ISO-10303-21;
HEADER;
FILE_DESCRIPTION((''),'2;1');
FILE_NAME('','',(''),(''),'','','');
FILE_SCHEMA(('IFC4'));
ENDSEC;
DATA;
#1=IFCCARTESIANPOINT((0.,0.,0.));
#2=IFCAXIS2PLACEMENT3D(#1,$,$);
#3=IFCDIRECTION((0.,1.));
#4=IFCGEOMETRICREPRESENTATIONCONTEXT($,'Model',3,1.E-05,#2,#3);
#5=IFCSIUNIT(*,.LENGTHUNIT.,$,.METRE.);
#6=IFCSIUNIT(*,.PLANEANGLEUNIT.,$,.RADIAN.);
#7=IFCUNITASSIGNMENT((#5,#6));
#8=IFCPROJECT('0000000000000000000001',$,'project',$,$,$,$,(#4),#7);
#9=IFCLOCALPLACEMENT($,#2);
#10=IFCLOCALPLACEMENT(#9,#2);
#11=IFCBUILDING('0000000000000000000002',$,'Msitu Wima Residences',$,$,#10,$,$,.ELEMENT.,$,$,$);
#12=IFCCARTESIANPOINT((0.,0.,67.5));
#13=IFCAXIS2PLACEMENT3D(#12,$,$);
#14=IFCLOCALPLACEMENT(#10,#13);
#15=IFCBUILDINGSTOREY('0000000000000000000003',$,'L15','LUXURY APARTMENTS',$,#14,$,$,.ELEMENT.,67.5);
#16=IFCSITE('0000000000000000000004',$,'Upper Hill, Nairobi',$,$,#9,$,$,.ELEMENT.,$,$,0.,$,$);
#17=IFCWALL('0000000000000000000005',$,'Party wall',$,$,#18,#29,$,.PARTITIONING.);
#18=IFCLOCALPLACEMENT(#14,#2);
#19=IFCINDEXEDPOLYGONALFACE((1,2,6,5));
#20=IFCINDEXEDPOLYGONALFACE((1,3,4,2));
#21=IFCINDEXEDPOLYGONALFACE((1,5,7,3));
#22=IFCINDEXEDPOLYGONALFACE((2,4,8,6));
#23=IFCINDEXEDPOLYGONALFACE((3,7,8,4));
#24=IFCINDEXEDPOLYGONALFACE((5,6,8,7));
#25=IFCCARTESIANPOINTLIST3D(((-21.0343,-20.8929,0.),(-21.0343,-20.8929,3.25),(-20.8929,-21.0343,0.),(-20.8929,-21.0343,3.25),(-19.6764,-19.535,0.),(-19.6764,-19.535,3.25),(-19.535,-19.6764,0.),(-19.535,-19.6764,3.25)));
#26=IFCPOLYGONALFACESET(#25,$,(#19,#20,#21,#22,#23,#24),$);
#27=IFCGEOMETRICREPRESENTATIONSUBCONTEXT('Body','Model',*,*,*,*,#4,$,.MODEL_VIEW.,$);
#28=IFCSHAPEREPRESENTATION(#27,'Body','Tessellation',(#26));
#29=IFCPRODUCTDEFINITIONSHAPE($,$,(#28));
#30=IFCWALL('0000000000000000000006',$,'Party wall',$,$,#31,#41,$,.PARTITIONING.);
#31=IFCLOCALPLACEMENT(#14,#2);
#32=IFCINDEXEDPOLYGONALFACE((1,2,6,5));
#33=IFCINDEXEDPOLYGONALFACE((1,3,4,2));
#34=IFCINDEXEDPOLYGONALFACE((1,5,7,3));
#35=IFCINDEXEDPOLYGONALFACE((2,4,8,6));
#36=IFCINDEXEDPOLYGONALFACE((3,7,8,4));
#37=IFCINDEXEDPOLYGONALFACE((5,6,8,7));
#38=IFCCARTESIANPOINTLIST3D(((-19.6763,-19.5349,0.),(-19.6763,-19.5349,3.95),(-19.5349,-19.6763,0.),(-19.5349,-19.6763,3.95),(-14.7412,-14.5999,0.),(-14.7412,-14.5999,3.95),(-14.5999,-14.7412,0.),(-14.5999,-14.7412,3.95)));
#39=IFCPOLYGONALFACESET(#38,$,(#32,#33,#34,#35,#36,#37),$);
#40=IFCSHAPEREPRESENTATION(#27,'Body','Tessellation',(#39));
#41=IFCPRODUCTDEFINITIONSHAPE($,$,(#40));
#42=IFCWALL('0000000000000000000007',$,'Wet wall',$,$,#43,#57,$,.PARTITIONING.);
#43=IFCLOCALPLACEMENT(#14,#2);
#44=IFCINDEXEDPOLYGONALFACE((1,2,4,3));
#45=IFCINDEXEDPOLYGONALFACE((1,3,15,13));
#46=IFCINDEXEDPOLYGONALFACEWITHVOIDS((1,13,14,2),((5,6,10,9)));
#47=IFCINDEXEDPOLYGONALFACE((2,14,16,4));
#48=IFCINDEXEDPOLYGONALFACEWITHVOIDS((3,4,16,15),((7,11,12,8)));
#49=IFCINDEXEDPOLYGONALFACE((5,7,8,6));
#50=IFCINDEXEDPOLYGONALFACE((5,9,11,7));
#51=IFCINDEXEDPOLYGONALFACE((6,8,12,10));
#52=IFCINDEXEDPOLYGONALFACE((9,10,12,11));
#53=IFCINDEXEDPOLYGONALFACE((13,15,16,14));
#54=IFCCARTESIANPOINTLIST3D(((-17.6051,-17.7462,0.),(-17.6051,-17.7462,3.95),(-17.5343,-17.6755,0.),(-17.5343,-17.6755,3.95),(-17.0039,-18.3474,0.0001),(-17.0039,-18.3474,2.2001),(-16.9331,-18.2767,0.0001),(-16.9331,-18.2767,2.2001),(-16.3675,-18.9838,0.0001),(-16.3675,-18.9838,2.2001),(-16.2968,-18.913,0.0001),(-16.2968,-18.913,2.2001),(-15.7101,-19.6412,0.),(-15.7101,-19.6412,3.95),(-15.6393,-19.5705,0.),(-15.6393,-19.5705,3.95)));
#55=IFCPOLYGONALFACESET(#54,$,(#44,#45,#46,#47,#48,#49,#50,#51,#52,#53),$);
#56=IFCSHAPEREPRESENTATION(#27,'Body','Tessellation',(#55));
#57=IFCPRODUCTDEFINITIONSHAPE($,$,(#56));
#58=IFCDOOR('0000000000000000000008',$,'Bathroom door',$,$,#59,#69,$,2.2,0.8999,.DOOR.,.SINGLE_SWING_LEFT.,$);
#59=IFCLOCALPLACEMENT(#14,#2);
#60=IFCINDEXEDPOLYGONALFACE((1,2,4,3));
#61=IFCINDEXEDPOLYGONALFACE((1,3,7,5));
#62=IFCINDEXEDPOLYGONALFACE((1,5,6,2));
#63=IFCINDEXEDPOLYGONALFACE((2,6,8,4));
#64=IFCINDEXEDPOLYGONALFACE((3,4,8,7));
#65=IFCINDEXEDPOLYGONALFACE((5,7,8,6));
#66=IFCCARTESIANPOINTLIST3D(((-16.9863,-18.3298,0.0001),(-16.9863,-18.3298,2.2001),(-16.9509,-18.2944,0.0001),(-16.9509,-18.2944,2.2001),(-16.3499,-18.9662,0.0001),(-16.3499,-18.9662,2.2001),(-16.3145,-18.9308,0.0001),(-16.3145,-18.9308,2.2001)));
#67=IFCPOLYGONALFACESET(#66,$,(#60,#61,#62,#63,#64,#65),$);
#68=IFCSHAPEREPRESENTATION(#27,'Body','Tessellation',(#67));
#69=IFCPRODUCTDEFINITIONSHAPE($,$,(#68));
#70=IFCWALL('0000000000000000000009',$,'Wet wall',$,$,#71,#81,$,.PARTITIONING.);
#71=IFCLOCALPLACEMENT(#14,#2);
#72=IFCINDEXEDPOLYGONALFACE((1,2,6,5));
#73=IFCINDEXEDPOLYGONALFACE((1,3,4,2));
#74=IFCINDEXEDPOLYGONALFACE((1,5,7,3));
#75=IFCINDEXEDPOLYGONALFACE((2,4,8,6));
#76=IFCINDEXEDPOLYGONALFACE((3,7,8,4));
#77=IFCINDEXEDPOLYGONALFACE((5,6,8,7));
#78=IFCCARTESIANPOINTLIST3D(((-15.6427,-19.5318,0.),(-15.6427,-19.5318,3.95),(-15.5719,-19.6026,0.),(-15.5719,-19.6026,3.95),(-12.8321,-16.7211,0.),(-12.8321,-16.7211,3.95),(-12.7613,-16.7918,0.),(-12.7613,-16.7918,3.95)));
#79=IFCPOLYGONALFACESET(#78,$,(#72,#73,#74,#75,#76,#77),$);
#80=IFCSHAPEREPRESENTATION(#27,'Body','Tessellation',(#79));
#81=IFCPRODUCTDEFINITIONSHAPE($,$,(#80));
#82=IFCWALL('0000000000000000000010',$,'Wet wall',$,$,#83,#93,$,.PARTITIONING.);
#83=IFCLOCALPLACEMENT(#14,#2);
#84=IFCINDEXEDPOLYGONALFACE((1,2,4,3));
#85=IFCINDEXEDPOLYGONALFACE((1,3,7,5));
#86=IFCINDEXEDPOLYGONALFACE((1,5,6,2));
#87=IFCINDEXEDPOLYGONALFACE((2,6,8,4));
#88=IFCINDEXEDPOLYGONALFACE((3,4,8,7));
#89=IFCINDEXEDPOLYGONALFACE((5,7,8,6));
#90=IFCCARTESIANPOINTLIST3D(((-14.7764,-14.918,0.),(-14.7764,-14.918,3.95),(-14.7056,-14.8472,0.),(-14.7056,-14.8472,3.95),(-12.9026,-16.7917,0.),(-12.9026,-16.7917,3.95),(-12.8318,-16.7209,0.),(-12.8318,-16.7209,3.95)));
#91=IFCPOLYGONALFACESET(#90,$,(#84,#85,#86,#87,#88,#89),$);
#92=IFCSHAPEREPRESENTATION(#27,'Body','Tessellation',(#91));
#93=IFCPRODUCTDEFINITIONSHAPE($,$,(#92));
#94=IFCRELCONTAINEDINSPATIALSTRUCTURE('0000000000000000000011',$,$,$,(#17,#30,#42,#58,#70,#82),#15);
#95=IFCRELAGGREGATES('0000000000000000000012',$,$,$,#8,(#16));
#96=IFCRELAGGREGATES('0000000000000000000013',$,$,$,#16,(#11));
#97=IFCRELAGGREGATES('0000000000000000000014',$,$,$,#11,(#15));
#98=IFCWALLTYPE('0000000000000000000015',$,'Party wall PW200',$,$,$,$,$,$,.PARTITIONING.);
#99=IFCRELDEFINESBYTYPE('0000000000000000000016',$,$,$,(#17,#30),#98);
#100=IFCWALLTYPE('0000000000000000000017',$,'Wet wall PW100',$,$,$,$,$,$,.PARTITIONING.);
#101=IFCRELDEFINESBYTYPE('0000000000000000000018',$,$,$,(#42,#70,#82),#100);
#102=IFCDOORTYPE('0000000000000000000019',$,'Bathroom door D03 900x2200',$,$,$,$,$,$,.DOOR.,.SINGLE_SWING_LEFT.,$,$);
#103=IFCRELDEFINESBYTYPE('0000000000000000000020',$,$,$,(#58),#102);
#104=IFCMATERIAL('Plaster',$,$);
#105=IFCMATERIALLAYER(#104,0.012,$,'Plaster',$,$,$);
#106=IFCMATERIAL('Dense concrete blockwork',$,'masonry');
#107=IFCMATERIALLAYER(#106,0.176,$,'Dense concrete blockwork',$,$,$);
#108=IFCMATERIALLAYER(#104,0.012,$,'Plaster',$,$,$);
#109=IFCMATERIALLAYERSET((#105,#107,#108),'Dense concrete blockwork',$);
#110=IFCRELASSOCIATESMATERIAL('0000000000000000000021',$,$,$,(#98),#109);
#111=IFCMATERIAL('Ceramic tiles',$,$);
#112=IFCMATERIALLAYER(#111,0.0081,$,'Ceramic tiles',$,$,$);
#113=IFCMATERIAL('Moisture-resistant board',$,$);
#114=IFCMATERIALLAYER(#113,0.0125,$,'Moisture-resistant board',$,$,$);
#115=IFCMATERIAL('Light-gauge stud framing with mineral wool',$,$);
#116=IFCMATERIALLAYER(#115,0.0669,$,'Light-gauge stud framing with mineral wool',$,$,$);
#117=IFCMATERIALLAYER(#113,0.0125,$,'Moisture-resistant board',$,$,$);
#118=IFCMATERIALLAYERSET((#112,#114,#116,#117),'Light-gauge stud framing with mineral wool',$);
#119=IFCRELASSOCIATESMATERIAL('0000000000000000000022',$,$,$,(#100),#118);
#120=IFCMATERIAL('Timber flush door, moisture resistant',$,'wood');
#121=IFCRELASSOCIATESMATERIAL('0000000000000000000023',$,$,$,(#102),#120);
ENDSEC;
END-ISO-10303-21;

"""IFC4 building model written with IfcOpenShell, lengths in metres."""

from ifc_helpers import new_model, si_unit, direction, frame, frame_2d, origin, place, context, subcontext, project, spatial, rectangle, extrude, material, layer, layer_set, type_object, element, fill, save


model = new_model("IFC4")

# Units and contexts
model_context = context("Model", 3, precision=1e-05, world=origin(), true_north=direction((0.0, 1.0)))
body_context = subcontext(model_context, "Body", "Model", "MODEL_VIEW")
ifc_project = project(units=[si_unit("LENGTHUNIT", "METRE"), si_unit("PLANEANGLEUNIT", "RADIAN")], contexts=[model_context])

# Site, building, storey
site_placement = place(None, origin())
site = spatial("IfcSite", under=ifc_project, at=site_placement, Name="Upper Hill, Nairobi", CompositionType="ELEMENT", RefElevation=0.0)
building_placement = place(site_placement, origin())
building = spatial("IfcBuilding", under=site, at=building_placement, Name="Msitu Wima Residences", CompositionType="ELEMENT")
storey_placement = place(building_placement, frame((0.0, 0.0, 67.5)))
storey = spatial("IfcBuildingStorey", under=building, at=storey_placement, Name="L15", Description="LUXURY APARTMENTS", CompositionType="ELEMENT", Elevation=67.5)

# Shared definitions
ifc_material_1 = material(Name="Plaster")

# Walls
ifc_layer_1 = layer(ifc_material_1, 0.012, Name="Plaster")
ifc_material_2 = material(Name="Dense concrete blockwork", Category="masonry")
ifc_layer_2 = layer(ifc_material_2, 0.176, Name="Dense concrete blockwork")
ifc_layer_3 = layer(ifc_material_1, 0.012, Name="Plaster")
ifc_layer_set_1 = layer_set([ifc_layer_1, ifc_layer_2, ifc_layer_3], Name="Dense concrete blockwork")
wall_type_1 = type_object("IfcWallType", Name="Party wall PW200", PredefinedType="PARTITIONING", material=ifc_layer_set_1)
wall_1_placement = place(storey_placement, frame((-20.9636, -20.9636, 0.0), z_axis=(0.0, 0.0, 1.0), x_axis=(0.707107, 0.707107, 0.0)))
element("IfcWall", 1, at=wall_1_placement, inside=storey, type_object=wall_type_1, Name="Party wall", PredefinedType="PARTITIONING", context=body_context, shape_type="SweptSolid", body=[
    extrude(rectangle(XDim=1.9204, YDim=0.2, at=frame_2d((0.9602, 0.0))), origin(), (0.0, 0.0, 1.0), 3.25),
])
wall_2_placement = place(storey_placement, frame((-19.6057, -19.6057, 0.0), z_axis=(0.0, 0.0, 1.0), x_axis=(0.707107, 0.707107, 0.0)))
element("IfcWall", 2, at=wall_2_placement, inside=storey, type_object=wall_type_1, Name="Party wall", PredefinedType="PARTITIONING", context=body_context, shape_type="SweptSolid", body=[
    extrude(rectangle(XDim=6.9792, YDim=0.2, at=frame_2d((3.4897, 0.0))), origin(), (0.0, 0.0, 1.0), 3.95),
])

# Wall, opening, door
ifc_material_3 = material(Name="Ceramic tiles")
ifc_layer_4 = layer(ifc_material_3, 0.0081, Name="Ceramic tiles")
ifc_material_4 = material(Name="Moisture-resistant board")
ifc_layer_5 = layer(ifc_material_4, 0.0125, Name="Moisture-resistant board")
ifc_material_5 = material(Name="Light-gauge stud framing with mineral wool")
ifc_layer_6 = layer(ifc_material_5, 0.0669, Name="Light-gauge stud framing with mineral wool")
ifc_layer_7 = layer(ifc_material_4, 0.0125, Name="Moisture-resistant board")
ifc_layer_set_2 = layer_set([ifc_layer_4, ifc_layer_5, ifc_layer_6, ifc_layer_7], Name="Light-gauge stud framing with mineral wool")
wall_type_2 = type_object("IfcWallType", Name="Wet wall PW100", PredefinedType="PARTITIONING", material=ifc_layer_set_2)
wall_3_placement = place(storey_placement, frame((-17.5696, -17.7109, 0.0), z_axis=(0.0, 0.0, 1.0), x_axis=(0.707107, -0.707107, 0.0)))
wall_3 = element("IfcWall", 3, at=wall_3_placement, inside=storey, type_object=wall_type_2, Name="Wet wall", PredefinedType="PARTITIONING", context=body_context, shape_type="SweptSolid", body=[
    extrude(rectangle(XDim=2.6799, YDim=0.1001, at=frame_2d((1.3398, 0.0))), origin(), (0.0, 0.0, 1.0), 3.95),
])
opening_1_placement = place(wall_3_placement, frame((0.8501, 0.0, 0.0)))
opening_1 = element("IfcOpeningElement", 4, at=opening_1_placement, cuts=wall_3, PredefinedType="OPENING", context=body_context, shape_type="SweptSolid", body=[
    extrude(rectangle(XDim=0.8999, YDim=2.2, at=frame_2d((0.45, 1.1001))), frame((0.0, 0.0601, 0.0), z_axis=(0.0, -1.0, 0.0), x_axis=(1.0, 0.0, 0.0)), (0.0, 0.0, 1.0), 0.1201),
])
ifc_material_6 = material(Name="Timber flush door, moisture resistant", Category="wood")
door_type_1 = type_object("IfcDoorType", Name="Bathroom door D03 900x2200", OperationType="SINGLE_SWING_LEFT", PredefinedType="DOOR", material=ifc_material_6)
door_1_placement = place(opening_1_placement, origin())
door_1 = element("IfcDoor", 5, at=door_1_placement, inside=storey, type_object=door_type_1, Name="Bathroom door", OperationType="SINGLE_SWING_LEFT", OverallHeight=2.2, OverallWidth=0.8999, PredefinedType="DOOR", context=body_context, shape_type="SweptSolid", body=[
    extrude(rectangle(XDim=0.8999, YDim=2.2, at=frame_2d((0.45, 1.1001))), frame((0.0, 0.0249, 0.0), z_axis=(0.0, -1.0, 0.0), x_axis=(1.0, 0.0, 0.0)), (0.0, 0.0, 1.0), 0.05),
])
fill(opening_1, door_1)

# Walls
wall_4_placement = place(storey_placement, frame((-15.6072, -19.5671, 0.0), z_axis=(0.0, 0.0, 1.0), x_axis=(0.707076, 0.707137, 0.0)))
element("IfcWall", 6, at=wall_4_placement, inside=storey, type_object=wall_type_2, Name="Wet wall", PredefinedType="PARTITIONING", context=body_context, shape_type="SweptSolid", body=[
    extrude(rectangle(XDim=3.9749, YDim=0.1001, at=frame_2d((1.9873, 0.0))), origin(), (0.0, 0.0, 1.0), 3.95),
])
wall_5_placement = place(storey_placement, frame((-14.741, -14.8826, 0.0), z_axis=(0.0, 0.0, 1.0), x_axis=(0.707107, -0.707107, 0.0)))
element("IfcWall", 7, at=wall_5_placement, inside=storey, type_object=wall_type_2, Name="Wet wall", PredefinedType="PARTITIONING", context=body_context, shape_type="SweptSolid", body=[
    extrude(rectangle(XDim=2.6499, YDim=0.1001, at=frame_2d((1.325, 0.0))), origin(), (0.0, 0.0, 1.0), 3.95),
])

save(model, "model.ifc")
